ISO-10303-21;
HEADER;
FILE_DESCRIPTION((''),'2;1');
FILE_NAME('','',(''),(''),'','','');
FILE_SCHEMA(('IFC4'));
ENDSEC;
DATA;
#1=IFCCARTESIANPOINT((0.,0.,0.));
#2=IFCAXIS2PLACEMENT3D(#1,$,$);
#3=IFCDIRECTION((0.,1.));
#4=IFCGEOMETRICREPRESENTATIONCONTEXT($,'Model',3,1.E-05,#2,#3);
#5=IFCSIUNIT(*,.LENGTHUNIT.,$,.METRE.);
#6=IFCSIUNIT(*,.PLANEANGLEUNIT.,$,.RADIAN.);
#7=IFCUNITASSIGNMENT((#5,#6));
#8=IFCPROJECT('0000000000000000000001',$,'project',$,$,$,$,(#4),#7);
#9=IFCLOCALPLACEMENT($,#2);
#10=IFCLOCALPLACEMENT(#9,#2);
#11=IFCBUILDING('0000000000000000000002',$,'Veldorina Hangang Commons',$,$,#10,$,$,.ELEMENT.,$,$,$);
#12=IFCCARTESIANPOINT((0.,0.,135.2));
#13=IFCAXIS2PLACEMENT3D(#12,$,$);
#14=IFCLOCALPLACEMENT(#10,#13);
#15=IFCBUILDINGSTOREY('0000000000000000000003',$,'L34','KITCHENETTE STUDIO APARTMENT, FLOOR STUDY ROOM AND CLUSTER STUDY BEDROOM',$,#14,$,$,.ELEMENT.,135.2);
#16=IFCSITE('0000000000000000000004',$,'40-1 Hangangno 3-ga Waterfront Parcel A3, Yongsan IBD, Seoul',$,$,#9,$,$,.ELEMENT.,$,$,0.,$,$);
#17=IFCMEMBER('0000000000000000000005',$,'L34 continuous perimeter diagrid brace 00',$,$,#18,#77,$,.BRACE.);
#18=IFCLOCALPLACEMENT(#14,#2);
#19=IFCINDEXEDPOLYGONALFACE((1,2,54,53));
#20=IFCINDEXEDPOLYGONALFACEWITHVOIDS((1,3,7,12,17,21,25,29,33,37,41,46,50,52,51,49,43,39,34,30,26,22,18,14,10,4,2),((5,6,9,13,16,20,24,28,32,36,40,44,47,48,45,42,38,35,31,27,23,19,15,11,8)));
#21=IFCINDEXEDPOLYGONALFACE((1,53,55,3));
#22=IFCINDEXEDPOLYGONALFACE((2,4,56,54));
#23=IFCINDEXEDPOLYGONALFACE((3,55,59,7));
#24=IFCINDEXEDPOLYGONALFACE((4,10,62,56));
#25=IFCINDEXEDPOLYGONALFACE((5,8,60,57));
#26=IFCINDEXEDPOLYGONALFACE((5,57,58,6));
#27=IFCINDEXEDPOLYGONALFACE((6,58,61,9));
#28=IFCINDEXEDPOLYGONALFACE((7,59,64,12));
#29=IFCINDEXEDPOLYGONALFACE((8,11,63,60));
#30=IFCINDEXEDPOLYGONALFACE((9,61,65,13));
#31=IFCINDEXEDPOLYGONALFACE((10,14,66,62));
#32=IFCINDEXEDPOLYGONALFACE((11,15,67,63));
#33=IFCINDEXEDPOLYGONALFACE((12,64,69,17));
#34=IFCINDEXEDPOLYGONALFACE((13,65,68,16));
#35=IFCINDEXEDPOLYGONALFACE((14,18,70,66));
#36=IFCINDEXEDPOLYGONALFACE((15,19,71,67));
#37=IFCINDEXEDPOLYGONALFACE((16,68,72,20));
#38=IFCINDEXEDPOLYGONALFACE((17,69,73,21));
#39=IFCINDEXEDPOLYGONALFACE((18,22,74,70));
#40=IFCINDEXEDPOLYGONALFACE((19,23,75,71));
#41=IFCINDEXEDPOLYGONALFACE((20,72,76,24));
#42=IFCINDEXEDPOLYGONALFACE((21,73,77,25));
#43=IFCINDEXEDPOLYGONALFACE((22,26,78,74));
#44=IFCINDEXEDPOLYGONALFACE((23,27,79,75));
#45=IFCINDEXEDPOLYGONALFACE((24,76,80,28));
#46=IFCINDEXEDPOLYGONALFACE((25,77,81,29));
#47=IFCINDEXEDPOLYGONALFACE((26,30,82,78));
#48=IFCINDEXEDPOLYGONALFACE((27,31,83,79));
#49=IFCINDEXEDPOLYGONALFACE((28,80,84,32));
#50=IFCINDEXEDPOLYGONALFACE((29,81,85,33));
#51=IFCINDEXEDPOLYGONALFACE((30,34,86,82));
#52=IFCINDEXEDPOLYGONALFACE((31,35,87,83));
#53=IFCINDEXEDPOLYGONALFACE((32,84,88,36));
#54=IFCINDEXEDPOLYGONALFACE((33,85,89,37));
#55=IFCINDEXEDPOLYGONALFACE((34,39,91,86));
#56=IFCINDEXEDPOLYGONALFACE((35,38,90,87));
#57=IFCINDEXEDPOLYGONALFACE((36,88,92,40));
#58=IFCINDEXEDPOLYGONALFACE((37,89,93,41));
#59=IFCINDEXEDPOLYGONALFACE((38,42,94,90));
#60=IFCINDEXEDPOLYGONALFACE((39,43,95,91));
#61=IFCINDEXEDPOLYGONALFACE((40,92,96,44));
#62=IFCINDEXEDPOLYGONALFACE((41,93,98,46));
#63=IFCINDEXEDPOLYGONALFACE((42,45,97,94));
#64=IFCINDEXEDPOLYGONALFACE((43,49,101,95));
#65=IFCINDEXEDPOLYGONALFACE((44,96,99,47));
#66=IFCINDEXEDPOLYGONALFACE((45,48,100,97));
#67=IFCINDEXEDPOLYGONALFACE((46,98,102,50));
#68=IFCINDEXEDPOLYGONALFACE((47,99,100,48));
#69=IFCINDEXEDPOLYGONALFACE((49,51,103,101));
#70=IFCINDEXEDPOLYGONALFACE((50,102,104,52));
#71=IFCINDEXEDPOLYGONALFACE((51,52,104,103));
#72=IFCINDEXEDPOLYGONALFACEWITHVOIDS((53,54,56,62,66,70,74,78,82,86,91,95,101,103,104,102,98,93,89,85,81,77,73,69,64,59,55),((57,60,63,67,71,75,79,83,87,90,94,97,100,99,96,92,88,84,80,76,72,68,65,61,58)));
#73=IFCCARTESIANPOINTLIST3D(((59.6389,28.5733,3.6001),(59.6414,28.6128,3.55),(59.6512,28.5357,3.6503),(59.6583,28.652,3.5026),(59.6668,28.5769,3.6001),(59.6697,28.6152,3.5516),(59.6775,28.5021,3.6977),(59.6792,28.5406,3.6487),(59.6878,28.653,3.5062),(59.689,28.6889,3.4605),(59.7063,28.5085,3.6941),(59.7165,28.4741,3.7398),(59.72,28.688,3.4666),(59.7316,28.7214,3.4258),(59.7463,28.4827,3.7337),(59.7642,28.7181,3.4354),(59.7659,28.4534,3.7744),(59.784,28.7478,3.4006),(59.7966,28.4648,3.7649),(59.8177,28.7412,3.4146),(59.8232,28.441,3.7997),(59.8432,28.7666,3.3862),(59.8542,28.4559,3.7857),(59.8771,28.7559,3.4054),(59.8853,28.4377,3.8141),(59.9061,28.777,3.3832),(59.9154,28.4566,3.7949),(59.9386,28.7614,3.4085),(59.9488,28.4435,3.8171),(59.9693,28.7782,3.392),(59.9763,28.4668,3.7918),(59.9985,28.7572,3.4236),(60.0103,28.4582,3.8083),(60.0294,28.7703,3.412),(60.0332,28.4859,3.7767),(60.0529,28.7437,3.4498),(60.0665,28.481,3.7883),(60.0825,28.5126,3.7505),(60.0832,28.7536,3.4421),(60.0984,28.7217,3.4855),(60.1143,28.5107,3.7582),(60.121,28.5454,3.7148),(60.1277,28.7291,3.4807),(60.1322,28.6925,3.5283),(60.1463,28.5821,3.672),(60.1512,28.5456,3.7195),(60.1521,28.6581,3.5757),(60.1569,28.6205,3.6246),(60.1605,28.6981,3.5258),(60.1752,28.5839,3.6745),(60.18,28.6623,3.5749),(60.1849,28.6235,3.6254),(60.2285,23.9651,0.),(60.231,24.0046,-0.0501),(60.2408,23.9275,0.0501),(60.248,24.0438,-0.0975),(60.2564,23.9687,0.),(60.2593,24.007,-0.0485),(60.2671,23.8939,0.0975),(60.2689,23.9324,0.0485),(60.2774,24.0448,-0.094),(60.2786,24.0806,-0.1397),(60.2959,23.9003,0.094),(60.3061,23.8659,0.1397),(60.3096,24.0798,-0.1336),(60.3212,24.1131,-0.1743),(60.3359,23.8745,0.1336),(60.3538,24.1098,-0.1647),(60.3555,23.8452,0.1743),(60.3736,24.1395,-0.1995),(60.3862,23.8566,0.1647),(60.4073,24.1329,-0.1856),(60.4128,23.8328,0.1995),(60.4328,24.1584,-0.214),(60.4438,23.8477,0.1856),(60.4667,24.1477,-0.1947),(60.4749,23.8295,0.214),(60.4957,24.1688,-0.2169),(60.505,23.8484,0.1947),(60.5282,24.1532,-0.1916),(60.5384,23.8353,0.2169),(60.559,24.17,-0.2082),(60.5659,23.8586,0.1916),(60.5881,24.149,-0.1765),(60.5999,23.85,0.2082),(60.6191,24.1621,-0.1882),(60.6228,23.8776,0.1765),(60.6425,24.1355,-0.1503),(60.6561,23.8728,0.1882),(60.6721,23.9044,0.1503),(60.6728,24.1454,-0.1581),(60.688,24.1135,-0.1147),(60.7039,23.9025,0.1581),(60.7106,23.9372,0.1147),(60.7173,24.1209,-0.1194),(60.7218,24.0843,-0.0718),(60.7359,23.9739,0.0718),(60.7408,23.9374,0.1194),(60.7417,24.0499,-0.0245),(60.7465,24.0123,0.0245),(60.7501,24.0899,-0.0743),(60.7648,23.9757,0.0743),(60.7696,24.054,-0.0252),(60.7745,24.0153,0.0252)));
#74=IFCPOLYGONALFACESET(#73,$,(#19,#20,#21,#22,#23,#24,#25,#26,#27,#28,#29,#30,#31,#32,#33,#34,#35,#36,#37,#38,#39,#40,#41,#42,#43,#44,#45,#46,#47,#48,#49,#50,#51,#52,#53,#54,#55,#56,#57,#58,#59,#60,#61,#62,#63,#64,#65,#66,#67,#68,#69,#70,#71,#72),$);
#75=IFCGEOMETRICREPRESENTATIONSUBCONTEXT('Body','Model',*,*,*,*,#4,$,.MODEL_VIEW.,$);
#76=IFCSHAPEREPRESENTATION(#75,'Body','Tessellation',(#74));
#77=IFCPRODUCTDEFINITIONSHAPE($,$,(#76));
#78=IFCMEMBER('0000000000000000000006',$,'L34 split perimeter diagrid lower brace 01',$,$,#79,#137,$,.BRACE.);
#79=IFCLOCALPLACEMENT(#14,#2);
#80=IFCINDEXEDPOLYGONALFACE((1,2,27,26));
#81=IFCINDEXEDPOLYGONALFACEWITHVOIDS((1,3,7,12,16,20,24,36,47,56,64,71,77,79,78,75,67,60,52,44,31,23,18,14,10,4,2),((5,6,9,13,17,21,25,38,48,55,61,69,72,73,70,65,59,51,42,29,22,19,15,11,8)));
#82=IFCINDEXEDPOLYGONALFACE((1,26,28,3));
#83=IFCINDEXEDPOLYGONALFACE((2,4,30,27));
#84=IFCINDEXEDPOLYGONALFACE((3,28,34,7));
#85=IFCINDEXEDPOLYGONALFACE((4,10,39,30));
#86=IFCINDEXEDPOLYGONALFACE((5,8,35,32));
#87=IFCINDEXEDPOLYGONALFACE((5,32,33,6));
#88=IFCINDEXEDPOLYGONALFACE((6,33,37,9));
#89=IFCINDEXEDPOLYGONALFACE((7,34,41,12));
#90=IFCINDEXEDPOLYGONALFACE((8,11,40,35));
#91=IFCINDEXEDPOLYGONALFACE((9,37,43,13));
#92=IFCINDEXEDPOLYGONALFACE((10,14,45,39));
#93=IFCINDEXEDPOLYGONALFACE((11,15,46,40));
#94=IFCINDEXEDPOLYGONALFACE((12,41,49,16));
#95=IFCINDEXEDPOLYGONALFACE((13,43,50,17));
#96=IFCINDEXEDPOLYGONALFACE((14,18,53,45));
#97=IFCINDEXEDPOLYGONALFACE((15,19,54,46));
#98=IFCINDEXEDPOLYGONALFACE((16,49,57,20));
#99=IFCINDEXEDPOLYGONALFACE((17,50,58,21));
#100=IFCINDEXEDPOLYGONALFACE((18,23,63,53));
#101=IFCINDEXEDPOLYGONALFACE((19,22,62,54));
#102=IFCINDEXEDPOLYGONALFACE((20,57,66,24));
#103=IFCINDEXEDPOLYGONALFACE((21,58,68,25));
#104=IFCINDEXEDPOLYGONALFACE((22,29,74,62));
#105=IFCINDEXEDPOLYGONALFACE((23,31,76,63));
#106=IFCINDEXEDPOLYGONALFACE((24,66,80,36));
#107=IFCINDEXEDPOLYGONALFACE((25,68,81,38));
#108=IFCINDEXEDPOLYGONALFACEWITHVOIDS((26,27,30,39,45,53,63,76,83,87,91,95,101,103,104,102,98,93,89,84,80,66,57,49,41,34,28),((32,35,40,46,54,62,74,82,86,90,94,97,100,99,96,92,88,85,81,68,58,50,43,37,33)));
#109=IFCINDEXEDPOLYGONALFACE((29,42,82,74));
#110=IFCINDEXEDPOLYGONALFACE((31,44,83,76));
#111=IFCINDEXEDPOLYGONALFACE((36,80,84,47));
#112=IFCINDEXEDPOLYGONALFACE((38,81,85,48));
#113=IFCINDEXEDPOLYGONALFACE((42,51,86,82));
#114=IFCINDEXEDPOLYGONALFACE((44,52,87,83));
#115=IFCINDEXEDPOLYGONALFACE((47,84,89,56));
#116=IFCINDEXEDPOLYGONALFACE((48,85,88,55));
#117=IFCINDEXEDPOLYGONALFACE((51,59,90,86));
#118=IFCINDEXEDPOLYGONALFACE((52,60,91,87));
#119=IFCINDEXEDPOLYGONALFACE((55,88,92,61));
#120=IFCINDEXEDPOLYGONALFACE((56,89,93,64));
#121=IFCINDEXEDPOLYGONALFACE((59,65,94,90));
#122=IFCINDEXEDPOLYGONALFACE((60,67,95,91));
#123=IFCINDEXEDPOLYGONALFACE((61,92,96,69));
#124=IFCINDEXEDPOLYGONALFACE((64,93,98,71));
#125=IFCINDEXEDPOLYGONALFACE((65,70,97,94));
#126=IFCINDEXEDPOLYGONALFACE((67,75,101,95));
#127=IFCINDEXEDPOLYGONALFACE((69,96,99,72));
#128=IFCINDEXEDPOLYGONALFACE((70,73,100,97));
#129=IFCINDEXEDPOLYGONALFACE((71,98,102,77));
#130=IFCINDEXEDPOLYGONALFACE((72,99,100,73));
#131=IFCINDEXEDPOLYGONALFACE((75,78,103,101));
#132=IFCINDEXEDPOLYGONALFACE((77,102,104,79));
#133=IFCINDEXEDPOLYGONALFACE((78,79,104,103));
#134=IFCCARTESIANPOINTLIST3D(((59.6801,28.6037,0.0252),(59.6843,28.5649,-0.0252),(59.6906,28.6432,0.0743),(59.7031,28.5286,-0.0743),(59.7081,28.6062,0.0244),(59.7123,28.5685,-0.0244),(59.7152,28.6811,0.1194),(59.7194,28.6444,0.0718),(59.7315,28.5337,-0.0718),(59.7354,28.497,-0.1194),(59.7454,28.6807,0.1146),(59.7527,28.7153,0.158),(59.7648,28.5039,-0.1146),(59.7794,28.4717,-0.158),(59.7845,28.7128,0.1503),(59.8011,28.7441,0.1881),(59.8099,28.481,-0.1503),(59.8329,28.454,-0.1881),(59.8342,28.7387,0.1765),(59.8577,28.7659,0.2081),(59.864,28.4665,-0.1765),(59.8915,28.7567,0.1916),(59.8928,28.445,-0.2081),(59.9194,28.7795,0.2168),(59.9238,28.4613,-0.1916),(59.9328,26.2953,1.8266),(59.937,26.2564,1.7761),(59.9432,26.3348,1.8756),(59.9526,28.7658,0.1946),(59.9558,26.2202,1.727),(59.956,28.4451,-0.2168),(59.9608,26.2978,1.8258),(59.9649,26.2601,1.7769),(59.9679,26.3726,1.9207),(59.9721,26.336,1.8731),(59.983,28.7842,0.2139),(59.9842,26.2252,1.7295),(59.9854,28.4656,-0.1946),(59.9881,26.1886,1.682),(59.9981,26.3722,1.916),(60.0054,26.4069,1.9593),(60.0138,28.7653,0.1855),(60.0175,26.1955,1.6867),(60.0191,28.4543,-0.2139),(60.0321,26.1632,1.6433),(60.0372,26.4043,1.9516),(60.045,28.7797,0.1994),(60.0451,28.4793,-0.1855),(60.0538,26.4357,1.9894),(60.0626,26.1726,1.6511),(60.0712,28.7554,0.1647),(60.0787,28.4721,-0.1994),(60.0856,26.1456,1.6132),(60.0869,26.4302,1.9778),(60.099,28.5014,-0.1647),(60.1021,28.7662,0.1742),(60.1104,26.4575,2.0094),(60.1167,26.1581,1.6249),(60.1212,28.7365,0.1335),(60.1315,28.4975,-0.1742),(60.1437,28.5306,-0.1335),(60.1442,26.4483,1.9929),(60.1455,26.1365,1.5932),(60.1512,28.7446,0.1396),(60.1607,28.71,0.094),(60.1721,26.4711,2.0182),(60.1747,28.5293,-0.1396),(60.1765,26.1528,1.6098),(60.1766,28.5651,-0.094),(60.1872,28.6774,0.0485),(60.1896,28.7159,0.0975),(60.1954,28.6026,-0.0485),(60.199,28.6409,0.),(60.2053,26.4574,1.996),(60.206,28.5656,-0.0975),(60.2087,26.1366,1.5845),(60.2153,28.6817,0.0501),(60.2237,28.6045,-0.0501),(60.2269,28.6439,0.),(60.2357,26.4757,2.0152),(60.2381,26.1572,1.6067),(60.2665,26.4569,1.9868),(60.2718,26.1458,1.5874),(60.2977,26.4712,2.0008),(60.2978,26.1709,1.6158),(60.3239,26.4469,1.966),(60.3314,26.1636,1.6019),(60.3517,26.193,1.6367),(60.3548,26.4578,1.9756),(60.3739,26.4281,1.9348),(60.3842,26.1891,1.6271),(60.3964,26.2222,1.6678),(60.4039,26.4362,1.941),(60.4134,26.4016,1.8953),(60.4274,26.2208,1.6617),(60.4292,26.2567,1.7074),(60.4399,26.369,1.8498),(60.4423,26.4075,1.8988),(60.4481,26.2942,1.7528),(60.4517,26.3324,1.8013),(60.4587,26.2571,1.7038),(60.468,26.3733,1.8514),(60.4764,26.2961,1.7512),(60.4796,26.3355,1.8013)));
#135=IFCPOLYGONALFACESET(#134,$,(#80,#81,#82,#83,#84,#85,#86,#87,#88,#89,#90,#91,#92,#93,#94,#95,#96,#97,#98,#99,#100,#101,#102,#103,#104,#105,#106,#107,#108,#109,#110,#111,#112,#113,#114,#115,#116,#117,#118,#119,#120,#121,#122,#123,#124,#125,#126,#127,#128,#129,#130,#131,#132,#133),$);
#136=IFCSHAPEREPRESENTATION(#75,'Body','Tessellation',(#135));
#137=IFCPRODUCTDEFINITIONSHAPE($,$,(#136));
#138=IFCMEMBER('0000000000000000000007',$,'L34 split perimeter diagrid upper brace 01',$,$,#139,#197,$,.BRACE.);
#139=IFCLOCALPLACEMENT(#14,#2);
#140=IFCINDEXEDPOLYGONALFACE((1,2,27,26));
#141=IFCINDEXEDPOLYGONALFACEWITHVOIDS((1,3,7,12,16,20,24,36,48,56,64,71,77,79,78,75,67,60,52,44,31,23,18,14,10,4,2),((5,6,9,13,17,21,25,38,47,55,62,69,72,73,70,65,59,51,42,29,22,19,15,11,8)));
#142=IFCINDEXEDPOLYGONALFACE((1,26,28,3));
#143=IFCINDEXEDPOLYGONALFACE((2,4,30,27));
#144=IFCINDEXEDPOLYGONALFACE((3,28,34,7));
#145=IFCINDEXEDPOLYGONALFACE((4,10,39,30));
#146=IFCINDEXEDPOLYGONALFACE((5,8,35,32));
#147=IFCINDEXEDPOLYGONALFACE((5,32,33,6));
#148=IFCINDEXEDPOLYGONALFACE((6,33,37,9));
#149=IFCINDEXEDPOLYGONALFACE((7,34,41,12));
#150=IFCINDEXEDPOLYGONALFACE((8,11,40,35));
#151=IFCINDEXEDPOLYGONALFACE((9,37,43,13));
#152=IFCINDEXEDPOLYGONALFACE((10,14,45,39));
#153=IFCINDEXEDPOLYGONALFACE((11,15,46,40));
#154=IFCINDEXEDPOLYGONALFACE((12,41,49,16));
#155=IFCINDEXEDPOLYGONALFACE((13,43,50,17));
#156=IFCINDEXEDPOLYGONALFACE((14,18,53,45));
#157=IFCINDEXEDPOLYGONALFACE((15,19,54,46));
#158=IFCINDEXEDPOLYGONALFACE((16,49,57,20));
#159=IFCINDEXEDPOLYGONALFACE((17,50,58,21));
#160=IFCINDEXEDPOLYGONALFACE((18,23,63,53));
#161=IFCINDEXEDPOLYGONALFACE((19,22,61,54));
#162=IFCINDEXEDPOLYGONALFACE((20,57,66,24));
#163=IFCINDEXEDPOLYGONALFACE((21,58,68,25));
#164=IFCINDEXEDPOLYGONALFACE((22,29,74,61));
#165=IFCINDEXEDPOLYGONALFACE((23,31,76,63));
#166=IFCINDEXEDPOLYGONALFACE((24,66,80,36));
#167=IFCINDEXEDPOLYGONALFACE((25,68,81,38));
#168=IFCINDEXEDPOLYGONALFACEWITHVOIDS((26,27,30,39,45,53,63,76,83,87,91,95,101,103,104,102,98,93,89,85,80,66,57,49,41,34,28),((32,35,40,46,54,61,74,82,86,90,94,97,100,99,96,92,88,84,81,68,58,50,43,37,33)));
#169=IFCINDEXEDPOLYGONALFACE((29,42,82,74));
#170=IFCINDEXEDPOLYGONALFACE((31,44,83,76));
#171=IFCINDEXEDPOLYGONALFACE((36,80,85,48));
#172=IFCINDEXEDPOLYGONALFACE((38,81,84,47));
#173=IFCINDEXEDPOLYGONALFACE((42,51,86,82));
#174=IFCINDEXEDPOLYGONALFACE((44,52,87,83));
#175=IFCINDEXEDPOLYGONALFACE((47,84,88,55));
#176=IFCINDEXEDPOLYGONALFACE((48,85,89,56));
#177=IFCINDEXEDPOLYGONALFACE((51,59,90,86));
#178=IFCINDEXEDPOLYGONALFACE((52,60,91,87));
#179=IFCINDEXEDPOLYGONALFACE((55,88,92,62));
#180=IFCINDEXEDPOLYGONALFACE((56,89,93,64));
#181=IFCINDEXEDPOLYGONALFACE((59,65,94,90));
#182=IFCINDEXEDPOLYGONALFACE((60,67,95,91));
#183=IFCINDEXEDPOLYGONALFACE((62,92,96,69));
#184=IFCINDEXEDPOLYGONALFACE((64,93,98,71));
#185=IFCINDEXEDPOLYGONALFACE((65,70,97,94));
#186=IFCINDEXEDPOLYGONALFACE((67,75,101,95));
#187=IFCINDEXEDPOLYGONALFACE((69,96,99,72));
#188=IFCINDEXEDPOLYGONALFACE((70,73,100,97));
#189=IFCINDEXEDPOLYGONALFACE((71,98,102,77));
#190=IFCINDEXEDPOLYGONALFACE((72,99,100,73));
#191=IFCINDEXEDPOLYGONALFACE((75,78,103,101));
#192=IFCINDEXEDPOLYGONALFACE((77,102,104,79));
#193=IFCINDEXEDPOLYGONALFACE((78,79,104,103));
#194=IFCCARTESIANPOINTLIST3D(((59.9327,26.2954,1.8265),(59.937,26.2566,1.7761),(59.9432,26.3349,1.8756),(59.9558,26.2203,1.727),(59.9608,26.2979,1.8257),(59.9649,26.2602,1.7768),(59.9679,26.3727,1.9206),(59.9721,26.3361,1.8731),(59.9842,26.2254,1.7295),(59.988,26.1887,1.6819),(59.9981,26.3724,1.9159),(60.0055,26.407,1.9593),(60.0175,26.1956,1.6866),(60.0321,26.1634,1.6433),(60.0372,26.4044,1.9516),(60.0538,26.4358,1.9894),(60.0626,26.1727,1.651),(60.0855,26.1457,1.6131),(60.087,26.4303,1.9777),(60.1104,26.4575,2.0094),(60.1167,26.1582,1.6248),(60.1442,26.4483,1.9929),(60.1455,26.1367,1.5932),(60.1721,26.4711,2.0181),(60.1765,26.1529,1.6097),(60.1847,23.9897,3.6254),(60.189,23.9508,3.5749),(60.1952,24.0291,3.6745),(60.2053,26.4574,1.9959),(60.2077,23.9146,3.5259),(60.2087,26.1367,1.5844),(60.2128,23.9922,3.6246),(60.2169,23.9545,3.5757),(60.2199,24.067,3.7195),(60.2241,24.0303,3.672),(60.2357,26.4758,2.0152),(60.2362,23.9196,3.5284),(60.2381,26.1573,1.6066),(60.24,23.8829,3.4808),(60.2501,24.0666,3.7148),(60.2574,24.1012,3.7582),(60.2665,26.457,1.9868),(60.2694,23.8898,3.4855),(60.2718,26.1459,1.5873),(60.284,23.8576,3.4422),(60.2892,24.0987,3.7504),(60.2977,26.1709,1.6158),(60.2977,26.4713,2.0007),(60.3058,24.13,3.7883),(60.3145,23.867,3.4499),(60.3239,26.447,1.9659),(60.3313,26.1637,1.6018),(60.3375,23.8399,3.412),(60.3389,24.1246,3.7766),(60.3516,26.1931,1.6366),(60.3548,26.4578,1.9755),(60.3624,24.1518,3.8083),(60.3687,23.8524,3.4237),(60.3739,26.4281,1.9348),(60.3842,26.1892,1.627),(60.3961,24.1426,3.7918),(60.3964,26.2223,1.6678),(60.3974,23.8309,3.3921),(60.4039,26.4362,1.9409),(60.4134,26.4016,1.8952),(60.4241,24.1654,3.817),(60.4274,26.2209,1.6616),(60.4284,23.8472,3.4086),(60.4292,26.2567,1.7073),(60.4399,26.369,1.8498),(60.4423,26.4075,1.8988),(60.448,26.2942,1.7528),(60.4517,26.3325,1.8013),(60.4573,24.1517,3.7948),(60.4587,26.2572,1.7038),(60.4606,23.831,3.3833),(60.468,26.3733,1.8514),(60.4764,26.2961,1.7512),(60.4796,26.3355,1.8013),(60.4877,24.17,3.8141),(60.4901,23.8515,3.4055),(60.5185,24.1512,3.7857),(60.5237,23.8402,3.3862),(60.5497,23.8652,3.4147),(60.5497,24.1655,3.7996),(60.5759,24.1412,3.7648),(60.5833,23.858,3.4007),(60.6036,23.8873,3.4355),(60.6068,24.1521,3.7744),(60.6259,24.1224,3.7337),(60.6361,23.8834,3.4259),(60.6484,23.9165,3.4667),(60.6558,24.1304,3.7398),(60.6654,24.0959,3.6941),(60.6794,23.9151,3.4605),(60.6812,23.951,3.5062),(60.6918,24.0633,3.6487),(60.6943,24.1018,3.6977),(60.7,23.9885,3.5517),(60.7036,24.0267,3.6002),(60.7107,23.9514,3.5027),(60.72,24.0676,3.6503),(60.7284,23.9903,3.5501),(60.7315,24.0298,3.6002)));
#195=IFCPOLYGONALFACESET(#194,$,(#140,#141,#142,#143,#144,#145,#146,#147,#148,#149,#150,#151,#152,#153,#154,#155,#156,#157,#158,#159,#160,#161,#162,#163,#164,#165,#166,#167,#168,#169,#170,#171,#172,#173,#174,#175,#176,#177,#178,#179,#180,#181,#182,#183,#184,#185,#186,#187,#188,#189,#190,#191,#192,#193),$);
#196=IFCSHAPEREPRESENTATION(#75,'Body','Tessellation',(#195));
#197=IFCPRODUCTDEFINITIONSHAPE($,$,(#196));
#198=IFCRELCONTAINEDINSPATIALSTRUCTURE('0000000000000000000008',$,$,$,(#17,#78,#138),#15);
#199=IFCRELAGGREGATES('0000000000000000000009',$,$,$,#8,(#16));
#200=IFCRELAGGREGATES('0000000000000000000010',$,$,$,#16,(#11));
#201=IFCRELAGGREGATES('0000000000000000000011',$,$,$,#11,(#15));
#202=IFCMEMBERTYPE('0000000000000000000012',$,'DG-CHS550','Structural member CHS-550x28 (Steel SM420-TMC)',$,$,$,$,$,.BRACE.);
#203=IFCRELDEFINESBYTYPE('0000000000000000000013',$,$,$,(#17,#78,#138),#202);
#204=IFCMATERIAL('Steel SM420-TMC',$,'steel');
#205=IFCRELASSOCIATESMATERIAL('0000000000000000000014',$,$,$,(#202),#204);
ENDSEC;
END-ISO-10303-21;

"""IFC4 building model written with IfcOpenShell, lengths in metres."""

from ifc_helpers import new_model, si_unit, direction, frame, origin, origin_2d, place, context, subcontext, project, spatial, hollow_circle, extrude, material, material_profile, profile_set, type_object, element, save


model = new_model("IFC4")

# Units and contexts
model_context = context("Model", 3, precision=1e-05, world=origin(), true_north=direction((0.0, 1.0)))
body_context = subcontext(model_context, "Body", "Model", "MODEL_VIEW")
ifc_project = project(units=[si_unit("LENGTHUNIT", "METRE"), si_unit("PLANEANGLEUNIT", "RADIAN")], contexts=[model_context])

# Site, building, storey
site_placement = place(None, origin())
site = spatial("IfcSite", under=ifc_project, at=site_placement, Name="40-1 Hangangno 3-ga Waterfront Parcel A3, Yongsan IBD, Seoul", CompositionType="ELEMENT", RefElevation=0.0)
building_placement = place(site_placement, origin())
building = spatial("IfcBuilding", under=site, at=building_placement, Name="Veldorina Hangang Commons", CompositionType="ELEMENT")
storey_placement = place(building_placement, frame((0.0, 0.0, 135.2)))
storey = spatial("IfcBuildingStorey", under=building, at=storey_placement, Name="L34", Description="KITCHENETTE STUDIO APARTMENT, FLOOR STUDY ROOM AND CLUSTER STUDY BEDROOM", CompositionType="ELEMENT", Elevation=135.2)

# Shared definitions
ifc_material_1 = material(Name="Steel SM420-TMC", Category="steel")

# Members
ifc_material_profile_1 = material_profile(ifc_material_1, hollow_circle(Radius=0.2749, WallThickness=0.0281, at=origin_2d()), Name="CHS-550x28")
ifc_profile_set_1 = profile_set([ifc_material_profile_1], Name="Steel SM420-TMC")
member_type_1 = type_object("IfcMemberType", Name="DG-CHS550", Description="Structural member CHS-550x28 (Steel SM420-TMC)", PredefinedType="BRACE", material=ifc_profile_set_1)
member_1_placement = place(storey_placement, frame((60.5012, 24.0, 0.0), z_axis=(-0.100317, 0.784051, 0.612536), x_axis=(-0.991914, -0.126912, 0.0)))
element("IfcMember", 1, at=member_1_placement, inside=storey, type_object=member_type_1, Name="L34 continuous perimeter diagrid brace 00", PredefinedType="BRACE", context=body_context, shape_type="SweptSolid", body=[
    extrude(hollow_circle(Radius=0.2749, WallThickness=0.0281, at=origin_2d()), origin(), (0.0, 0.0, 1.0), 5.8774),
])
member_2_placement = place(storey_placement, frame((59.9536, 28.614, 0.0), z_axis=(0.085981, -0.785457, 0.612914), x_axis=(0.994062, 0.108816, 0.0)))
element("IfcMember", 2, at=member_2_placement, inside=storey, type_object=member_type_1, Name="L34 split perimeter diagrid lower brace 01", PredefinedType="BRACE", context=body_context, shape_type="SweptSolid", body=[
    extrude(hollow_circle(Radius=0.2749, WallThickness=0.0281, at=origin_2d()), origin(), (0.0, 0.0, 1.0), 2.939),
])
member_3_placement = place(storey_placement, frame((60.2063, 26.3057, 1.8013), z_axis=(0.085839, -0.785524, 0.612849), x_axis=(0.994082, 0.108629, 0.0)))
element("IfcMember", 3, at=member_3_placement, inside=storey, type_object=member_type_1, Name="L34 split perimeter diagrid upper brace 01", PredefinedType="BRACE", context=body_context, shape_type="SweptSolid", body=[
    extrude(hollow_circle(Radius=0.2749, WallThickness=0.0281, at=origin_2d()), origin(), (0.0, 0.0, 1.0), 2.9353),
])

save(model, "model.ifc")
